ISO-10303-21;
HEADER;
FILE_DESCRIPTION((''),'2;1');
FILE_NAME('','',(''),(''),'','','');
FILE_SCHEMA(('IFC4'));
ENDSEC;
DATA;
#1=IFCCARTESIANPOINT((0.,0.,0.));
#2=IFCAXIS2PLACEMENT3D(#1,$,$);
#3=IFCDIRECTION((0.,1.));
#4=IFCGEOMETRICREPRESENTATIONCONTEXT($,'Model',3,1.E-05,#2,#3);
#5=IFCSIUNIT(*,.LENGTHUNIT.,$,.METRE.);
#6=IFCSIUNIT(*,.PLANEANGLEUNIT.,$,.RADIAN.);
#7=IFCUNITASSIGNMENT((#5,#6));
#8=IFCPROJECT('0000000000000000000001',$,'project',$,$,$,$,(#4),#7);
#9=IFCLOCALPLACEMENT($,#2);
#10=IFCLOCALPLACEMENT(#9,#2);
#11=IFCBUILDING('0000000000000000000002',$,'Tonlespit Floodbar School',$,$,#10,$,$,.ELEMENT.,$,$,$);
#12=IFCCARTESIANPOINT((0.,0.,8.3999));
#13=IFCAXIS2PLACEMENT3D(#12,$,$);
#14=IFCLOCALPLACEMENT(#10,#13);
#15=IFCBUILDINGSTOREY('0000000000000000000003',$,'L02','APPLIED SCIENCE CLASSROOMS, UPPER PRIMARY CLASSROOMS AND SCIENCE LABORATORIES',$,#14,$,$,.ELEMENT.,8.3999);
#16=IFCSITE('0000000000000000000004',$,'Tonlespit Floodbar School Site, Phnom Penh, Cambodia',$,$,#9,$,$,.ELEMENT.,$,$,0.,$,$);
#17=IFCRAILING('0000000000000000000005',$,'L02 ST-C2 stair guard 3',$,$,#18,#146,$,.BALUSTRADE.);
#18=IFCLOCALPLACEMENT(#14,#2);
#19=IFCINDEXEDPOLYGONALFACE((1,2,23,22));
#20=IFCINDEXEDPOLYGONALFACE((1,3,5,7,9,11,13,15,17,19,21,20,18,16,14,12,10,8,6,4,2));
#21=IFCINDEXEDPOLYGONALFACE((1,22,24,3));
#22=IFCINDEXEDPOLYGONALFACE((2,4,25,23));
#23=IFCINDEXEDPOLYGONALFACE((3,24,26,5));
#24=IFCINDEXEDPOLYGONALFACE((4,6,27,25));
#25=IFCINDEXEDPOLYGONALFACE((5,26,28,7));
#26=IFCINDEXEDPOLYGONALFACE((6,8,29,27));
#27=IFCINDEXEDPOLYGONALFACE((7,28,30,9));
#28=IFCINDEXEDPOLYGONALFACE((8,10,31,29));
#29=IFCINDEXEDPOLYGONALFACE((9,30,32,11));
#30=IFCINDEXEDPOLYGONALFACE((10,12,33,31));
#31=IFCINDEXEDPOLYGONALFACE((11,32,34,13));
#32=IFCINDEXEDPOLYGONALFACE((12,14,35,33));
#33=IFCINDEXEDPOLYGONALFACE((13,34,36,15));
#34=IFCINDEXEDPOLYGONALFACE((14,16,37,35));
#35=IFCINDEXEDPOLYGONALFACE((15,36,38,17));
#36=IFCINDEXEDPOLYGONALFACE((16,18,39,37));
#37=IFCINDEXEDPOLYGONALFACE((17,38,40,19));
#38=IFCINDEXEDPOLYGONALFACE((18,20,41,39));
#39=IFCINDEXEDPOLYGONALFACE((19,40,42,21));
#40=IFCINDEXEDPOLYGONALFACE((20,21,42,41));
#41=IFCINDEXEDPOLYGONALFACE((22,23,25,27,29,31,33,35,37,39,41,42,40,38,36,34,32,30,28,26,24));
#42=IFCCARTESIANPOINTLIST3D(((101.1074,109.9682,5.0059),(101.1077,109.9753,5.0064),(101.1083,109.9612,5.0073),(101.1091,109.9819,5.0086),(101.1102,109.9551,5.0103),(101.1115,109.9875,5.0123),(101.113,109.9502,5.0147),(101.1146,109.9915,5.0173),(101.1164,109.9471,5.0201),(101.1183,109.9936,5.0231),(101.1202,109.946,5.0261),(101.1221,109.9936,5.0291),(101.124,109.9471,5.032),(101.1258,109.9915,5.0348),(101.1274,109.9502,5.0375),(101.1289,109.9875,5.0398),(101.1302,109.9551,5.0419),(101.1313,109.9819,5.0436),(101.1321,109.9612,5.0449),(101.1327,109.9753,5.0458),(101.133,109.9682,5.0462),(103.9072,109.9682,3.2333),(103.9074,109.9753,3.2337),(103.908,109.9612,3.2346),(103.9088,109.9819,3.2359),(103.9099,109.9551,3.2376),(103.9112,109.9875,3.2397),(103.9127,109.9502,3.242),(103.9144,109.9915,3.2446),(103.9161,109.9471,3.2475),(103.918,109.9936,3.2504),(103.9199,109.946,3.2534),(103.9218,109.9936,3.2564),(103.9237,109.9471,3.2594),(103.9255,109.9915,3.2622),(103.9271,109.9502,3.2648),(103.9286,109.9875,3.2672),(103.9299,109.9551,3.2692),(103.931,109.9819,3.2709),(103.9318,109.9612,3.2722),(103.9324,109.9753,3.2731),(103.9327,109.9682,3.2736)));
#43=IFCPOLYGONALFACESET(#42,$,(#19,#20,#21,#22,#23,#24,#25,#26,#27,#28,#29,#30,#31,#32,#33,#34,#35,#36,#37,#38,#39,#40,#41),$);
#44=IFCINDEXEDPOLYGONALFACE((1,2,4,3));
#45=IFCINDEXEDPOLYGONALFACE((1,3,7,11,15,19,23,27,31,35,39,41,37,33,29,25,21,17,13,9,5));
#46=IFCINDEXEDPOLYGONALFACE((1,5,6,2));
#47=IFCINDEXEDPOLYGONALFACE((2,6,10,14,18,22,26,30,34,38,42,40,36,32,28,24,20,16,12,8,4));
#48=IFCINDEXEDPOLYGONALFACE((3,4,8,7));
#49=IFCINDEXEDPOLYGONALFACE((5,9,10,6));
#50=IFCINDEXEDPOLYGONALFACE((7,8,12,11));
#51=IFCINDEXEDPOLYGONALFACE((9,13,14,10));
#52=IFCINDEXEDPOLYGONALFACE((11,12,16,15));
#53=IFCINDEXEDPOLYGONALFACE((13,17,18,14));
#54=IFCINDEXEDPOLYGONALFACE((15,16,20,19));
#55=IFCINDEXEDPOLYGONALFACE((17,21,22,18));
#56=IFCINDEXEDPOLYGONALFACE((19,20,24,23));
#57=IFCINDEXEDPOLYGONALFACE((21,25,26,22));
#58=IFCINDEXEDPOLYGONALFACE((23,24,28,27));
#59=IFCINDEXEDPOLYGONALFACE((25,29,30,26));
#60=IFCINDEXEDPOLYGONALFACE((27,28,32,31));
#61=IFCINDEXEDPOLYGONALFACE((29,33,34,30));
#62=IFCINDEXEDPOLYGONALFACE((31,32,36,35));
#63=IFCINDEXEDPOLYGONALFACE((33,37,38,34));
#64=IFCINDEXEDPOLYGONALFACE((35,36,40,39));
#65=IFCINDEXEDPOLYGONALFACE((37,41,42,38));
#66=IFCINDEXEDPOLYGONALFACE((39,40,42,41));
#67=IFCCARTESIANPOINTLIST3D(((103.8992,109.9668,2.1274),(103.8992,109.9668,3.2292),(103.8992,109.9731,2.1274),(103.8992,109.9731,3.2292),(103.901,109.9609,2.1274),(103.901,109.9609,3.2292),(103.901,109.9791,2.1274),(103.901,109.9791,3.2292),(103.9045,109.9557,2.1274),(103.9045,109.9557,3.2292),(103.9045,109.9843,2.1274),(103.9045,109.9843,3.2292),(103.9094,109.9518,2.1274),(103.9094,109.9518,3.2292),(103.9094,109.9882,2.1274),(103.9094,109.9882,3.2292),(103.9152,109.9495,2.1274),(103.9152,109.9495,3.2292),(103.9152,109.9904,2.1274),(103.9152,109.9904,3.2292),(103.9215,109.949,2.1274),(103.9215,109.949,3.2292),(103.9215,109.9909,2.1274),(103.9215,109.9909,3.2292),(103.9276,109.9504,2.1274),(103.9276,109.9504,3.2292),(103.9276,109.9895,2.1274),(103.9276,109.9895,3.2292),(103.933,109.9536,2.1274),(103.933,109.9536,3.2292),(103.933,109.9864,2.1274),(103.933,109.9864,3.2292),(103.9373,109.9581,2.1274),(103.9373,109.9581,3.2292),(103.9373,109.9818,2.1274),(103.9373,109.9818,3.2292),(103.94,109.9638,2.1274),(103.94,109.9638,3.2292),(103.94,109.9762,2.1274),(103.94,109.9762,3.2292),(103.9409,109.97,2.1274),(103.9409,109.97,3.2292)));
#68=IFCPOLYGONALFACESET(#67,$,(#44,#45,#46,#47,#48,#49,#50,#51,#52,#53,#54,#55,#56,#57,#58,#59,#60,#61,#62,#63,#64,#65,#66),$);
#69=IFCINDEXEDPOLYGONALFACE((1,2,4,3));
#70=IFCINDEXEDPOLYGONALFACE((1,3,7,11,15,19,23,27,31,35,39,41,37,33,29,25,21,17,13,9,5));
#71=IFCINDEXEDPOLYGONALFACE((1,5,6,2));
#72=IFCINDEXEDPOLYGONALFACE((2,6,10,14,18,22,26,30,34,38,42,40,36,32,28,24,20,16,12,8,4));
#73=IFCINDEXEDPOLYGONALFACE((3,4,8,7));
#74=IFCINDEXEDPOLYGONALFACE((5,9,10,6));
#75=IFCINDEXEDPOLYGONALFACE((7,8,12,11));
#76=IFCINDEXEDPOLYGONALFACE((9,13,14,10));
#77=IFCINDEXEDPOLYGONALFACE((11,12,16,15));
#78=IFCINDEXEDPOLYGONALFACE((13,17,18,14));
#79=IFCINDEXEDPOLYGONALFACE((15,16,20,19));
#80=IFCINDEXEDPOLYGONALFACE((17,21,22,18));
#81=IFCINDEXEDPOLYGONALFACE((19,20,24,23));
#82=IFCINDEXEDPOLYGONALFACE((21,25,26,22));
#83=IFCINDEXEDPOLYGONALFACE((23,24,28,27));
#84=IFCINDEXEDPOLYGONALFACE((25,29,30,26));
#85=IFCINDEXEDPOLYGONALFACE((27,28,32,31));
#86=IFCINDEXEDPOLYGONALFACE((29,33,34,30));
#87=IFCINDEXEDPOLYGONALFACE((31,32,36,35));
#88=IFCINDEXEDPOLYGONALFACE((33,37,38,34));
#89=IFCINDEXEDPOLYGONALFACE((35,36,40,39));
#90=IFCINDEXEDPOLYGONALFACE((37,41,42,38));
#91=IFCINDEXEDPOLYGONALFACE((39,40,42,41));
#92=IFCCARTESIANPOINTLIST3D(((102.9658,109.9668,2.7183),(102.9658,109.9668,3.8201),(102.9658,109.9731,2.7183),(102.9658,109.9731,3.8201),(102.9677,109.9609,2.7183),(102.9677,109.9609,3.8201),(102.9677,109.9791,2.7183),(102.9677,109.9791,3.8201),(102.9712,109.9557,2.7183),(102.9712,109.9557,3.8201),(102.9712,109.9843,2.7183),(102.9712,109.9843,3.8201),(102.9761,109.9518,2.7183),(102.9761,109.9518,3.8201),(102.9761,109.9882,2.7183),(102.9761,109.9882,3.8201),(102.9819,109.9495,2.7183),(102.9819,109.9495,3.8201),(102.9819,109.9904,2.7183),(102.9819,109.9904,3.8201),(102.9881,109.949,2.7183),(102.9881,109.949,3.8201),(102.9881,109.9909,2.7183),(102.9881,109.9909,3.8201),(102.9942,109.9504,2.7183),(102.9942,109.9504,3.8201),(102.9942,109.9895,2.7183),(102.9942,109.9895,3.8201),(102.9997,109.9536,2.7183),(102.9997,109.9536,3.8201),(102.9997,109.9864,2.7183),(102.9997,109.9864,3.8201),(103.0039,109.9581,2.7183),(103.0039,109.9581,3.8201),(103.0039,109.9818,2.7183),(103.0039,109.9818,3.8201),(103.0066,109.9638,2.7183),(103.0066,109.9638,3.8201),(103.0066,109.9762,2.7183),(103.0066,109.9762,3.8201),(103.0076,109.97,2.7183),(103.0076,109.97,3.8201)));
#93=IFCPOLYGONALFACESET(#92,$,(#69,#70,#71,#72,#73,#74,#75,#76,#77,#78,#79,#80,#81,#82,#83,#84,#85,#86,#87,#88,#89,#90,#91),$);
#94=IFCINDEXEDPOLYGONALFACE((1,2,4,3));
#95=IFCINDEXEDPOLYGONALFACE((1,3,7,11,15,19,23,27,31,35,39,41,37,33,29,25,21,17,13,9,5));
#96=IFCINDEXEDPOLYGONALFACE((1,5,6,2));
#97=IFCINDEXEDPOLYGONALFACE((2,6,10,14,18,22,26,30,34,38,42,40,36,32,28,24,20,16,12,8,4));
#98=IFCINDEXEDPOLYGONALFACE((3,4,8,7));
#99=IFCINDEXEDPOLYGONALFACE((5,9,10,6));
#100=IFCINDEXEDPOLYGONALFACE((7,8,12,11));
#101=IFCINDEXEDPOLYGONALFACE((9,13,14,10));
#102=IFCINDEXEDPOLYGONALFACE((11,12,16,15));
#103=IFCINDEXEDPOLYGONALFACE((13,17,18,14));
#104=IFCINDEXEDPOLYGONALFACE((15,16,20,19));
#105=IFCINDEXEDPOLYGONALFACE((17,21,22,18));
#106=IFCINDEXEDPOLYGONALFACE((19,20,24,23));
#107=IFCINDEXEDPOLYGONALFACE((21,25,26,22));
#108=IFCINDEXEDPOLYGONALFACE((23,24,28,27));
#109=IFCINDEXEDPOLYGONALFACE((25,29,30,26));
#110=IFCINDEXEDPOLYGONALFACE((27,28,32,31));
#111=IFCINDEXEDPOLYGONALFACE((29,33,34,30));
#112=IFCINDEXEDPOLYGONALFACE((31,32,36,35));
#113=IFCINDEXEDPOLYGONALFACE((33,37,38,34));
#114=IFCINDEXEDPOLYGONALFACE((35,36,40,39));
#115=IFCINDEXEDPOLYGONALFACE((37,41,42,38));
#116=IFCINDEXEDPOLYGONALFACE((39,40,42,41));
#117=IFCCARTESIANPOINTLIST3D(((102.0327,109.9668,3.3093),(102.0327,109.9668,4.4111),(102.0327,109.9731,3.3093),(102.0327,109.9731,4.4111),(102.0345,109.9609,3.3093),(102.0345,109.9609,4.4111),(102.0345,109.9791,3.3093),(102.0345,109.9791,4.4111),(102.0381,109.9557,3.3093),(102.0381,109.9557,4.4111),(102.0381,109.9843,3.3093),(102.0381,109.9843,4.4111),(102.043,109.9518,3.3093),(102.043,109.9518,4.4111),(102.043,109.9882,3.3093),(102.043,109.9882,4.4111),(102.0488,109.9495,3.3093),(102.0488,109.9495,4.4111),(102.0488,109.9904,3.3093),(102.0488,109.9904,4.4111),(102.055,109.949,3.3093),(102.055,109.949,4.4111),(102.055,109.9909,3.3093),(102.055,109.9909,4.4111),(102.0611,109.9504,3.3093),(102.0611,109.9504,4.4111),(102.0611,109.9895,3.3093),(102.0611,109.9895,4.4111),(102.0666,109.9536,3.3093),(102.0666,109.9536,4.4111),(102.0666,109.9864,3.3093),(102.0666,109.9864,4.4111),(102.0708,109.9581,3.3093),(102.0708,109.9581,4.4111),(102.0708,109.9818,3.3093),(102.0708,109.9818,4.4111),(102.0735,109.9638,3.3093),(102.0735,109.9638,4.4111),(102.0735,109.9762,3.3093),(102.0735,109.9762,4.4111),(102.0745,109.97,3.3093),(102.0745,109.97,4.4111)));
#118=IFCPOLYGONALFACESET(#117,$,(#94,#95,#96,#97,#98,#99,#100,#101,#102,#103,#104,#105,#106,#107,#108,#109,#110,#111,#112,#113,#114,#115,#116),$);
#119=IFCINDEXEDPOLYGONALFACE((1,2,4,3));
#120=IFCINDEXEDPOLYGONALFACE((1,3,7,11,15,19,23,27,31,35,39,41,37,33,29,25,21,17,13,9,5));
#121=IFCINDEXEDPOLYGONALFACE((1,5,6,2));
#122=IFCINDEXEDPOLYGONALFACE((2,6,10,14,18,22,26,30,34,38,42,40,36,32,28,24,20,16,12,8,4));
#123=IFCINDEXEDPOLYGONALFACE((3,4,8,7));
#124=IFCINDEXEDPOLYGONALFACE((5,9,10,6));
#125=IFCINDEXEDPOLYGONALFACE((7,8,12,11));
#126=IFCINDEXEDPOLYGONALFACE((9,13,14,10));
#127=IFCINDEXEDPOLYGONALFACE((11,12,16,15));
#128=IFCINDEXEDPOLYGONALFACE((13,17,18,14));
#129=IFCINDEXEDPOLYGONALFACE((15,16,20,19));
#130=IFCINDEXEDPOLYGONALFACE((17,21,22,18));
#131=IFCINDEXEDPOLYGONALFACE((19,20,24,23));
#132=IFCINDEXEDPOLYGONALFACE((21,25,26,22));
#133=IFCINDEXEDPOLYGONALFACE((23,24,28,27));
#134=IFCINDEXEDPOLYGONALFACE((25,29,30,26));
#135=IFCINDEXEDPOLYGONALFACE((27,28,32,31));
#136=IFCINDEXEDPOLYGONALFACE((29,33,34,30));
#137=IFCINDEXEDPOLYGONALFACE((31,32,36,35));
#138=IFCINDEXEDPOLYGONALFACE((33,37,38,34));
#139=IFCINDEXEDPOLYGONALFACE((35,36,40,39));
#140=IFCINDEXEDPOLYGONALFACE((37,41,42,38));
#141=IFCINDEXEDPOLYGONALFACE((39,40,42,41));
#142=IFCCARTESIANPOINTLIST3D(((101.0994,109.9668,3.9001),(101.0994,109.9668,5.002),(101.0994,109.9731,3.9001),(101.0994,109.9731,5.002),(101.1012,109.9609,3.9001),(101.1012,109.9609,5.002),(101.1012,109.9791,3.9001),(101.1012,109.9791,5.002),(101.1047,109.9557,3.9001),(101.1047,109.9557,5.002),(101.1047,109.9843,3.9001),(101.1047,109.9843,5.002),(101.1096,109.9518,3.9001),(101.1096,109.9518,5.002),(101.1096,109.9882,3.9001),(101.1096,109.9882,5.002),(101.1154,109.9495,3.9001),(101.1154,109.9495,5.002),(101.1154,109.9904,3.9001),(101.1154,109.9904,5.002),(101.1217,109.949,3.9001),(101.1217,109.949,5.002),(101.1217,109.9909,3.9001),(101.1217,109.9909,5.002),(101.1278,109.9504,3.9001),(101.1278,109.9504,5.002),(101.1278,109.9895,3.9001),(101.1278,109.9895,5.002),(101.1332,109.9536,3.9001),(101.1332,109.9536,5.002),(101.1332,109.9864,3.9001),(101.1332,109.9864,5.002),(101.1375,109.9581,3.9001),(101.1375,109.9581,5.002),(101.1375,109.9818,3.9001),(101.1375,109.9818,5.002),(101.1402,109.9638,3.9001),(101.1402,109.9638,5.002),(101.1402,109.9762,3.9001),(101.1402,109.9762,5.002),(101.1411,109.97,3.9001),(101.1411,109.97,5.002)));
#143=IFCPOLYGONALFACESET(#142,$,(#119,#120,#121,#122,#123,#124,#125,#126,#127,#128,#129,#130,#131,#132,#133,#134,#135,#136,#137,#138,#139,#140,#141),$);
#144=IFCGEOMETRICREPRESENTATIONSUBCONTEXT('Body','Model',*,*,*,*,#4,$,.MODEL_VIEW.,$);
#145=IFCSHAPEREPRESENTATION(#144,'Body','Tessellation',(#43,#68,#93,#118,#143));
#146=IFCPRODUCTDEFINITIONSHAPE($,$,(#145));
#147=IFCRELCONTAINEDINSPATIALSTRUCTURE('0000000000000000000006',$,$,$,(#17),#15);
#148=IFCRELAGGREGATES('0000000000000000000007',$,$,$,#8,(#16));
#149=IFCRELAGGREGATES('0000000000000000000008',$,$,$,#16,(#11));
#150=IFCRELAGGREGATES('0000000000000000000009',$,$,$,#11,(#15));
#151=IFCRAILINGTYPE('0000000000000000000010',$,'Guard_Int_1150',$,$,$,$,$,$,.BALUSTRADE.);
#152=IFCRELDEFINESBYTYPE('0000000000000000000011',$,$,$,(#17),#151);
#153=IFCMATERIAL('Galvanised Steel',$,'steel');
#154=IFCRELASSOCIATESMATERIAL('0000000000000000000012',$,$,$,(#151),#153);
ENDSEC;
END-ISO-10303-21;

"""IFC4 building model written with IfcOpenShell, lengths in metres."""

from ifc_helpers import new_model, si_unit, direction, frame, origin, origin_2d, place, context, subcontext, project, spatial, circle, extrude, material, type_object, element, save


model = new_model("IFC4")

# Units and contexts
model_context = context("Model", 3, precision=1e-05, world=origin(), true_north=direction((0.0, 1.0)))
body_context = subcontext(model_context, "Body", "Model", "MODEL_VIEW")
ifc_project = project(units=[si_unit("LENGTHUNIT", "METRE"), si_unit("PLANEANGLEUNIT", "RADIAN")], contexts=[model_context])

# Site, building, storey
site_placement = place(None, origin())
site = spatial("IfcSite", under=ifc_project, at=site_placement, Name="Tonlespit Floodbar School Site, Phnom Penh, Cambodia", CompositionType="ELEMENT", RefElevation=0.0)
building_placement = place(site_placement, origin())
building = spatial("IfcBuilding", under=site, at=building_placement, Name="Tonlespit Floodbar School", CompositionType="ELEMENT")
storey_placement = place(building_placement, frame((0.0, 0.0, 8.3999)))
storey = spatial("IfcBuildingStorey", under=building, at=storey_placement, Name="L02", Description="APPLIED SCIENCE CLASSROOMS, UPPER PRIMARY CLASSROOMS AND SCIENCE LABORATORIES", CompositionType="ELEMENT", Elevation=8.3999)

# Railing
ifc_material_1 = material(Name="Galvanised Steel", Category="steel")
railing_type_1 = type_object("IfcRailingType", Name="Guard_Int_1150", PredefinedType="BALUSTRADE", material=ifc_material_1)
railing_1_placement = place(storey_placement, frame((103.9199, 109.97, 2.1274)))
element("IfcRailing", 1, at=railing_1_placement, inside=storey, type_object=railing_type_1, Name="L02 ST-C2 stair guard 3", PredefinedType="BALUSTRADE", context=body_context, shape_type="SweptSolid", body=[
    extrude(circle(Radius=0.0239, at=origin_2d()), frame((0.0, 0.0, 1.126), z_axis=(-0.844888, 0.0, 0.534943), x_axis=(0.0, -1.0, 0.0)), (0.0, 0.0, 1.0), 3.3137),
    extrude(circle(Radius=0.021, at=origin_2d()), origin(), (0.0, 0.0, 1.0), 1.1018),
    extrude(circle(Radius=0.021, at=origin_2d()), frame((-0.9333, 0.0, 0.5908)), (0.0, 0.0, 1.0), 1.1018),
    extrude(circle(Radius=0.021, at=origin_2d()), frame((-1.8665, 0.0, 1.1819)), (0.0, 0.0, 1.0), 1.1018),
    extrude(circle(Radius=0.021, at=origin_2d()), frame((-2.7998, 0.0, 1.7727)), (0.0, 0.0, 1.0), 1.1018),
])

save(model, "model.ifc")
